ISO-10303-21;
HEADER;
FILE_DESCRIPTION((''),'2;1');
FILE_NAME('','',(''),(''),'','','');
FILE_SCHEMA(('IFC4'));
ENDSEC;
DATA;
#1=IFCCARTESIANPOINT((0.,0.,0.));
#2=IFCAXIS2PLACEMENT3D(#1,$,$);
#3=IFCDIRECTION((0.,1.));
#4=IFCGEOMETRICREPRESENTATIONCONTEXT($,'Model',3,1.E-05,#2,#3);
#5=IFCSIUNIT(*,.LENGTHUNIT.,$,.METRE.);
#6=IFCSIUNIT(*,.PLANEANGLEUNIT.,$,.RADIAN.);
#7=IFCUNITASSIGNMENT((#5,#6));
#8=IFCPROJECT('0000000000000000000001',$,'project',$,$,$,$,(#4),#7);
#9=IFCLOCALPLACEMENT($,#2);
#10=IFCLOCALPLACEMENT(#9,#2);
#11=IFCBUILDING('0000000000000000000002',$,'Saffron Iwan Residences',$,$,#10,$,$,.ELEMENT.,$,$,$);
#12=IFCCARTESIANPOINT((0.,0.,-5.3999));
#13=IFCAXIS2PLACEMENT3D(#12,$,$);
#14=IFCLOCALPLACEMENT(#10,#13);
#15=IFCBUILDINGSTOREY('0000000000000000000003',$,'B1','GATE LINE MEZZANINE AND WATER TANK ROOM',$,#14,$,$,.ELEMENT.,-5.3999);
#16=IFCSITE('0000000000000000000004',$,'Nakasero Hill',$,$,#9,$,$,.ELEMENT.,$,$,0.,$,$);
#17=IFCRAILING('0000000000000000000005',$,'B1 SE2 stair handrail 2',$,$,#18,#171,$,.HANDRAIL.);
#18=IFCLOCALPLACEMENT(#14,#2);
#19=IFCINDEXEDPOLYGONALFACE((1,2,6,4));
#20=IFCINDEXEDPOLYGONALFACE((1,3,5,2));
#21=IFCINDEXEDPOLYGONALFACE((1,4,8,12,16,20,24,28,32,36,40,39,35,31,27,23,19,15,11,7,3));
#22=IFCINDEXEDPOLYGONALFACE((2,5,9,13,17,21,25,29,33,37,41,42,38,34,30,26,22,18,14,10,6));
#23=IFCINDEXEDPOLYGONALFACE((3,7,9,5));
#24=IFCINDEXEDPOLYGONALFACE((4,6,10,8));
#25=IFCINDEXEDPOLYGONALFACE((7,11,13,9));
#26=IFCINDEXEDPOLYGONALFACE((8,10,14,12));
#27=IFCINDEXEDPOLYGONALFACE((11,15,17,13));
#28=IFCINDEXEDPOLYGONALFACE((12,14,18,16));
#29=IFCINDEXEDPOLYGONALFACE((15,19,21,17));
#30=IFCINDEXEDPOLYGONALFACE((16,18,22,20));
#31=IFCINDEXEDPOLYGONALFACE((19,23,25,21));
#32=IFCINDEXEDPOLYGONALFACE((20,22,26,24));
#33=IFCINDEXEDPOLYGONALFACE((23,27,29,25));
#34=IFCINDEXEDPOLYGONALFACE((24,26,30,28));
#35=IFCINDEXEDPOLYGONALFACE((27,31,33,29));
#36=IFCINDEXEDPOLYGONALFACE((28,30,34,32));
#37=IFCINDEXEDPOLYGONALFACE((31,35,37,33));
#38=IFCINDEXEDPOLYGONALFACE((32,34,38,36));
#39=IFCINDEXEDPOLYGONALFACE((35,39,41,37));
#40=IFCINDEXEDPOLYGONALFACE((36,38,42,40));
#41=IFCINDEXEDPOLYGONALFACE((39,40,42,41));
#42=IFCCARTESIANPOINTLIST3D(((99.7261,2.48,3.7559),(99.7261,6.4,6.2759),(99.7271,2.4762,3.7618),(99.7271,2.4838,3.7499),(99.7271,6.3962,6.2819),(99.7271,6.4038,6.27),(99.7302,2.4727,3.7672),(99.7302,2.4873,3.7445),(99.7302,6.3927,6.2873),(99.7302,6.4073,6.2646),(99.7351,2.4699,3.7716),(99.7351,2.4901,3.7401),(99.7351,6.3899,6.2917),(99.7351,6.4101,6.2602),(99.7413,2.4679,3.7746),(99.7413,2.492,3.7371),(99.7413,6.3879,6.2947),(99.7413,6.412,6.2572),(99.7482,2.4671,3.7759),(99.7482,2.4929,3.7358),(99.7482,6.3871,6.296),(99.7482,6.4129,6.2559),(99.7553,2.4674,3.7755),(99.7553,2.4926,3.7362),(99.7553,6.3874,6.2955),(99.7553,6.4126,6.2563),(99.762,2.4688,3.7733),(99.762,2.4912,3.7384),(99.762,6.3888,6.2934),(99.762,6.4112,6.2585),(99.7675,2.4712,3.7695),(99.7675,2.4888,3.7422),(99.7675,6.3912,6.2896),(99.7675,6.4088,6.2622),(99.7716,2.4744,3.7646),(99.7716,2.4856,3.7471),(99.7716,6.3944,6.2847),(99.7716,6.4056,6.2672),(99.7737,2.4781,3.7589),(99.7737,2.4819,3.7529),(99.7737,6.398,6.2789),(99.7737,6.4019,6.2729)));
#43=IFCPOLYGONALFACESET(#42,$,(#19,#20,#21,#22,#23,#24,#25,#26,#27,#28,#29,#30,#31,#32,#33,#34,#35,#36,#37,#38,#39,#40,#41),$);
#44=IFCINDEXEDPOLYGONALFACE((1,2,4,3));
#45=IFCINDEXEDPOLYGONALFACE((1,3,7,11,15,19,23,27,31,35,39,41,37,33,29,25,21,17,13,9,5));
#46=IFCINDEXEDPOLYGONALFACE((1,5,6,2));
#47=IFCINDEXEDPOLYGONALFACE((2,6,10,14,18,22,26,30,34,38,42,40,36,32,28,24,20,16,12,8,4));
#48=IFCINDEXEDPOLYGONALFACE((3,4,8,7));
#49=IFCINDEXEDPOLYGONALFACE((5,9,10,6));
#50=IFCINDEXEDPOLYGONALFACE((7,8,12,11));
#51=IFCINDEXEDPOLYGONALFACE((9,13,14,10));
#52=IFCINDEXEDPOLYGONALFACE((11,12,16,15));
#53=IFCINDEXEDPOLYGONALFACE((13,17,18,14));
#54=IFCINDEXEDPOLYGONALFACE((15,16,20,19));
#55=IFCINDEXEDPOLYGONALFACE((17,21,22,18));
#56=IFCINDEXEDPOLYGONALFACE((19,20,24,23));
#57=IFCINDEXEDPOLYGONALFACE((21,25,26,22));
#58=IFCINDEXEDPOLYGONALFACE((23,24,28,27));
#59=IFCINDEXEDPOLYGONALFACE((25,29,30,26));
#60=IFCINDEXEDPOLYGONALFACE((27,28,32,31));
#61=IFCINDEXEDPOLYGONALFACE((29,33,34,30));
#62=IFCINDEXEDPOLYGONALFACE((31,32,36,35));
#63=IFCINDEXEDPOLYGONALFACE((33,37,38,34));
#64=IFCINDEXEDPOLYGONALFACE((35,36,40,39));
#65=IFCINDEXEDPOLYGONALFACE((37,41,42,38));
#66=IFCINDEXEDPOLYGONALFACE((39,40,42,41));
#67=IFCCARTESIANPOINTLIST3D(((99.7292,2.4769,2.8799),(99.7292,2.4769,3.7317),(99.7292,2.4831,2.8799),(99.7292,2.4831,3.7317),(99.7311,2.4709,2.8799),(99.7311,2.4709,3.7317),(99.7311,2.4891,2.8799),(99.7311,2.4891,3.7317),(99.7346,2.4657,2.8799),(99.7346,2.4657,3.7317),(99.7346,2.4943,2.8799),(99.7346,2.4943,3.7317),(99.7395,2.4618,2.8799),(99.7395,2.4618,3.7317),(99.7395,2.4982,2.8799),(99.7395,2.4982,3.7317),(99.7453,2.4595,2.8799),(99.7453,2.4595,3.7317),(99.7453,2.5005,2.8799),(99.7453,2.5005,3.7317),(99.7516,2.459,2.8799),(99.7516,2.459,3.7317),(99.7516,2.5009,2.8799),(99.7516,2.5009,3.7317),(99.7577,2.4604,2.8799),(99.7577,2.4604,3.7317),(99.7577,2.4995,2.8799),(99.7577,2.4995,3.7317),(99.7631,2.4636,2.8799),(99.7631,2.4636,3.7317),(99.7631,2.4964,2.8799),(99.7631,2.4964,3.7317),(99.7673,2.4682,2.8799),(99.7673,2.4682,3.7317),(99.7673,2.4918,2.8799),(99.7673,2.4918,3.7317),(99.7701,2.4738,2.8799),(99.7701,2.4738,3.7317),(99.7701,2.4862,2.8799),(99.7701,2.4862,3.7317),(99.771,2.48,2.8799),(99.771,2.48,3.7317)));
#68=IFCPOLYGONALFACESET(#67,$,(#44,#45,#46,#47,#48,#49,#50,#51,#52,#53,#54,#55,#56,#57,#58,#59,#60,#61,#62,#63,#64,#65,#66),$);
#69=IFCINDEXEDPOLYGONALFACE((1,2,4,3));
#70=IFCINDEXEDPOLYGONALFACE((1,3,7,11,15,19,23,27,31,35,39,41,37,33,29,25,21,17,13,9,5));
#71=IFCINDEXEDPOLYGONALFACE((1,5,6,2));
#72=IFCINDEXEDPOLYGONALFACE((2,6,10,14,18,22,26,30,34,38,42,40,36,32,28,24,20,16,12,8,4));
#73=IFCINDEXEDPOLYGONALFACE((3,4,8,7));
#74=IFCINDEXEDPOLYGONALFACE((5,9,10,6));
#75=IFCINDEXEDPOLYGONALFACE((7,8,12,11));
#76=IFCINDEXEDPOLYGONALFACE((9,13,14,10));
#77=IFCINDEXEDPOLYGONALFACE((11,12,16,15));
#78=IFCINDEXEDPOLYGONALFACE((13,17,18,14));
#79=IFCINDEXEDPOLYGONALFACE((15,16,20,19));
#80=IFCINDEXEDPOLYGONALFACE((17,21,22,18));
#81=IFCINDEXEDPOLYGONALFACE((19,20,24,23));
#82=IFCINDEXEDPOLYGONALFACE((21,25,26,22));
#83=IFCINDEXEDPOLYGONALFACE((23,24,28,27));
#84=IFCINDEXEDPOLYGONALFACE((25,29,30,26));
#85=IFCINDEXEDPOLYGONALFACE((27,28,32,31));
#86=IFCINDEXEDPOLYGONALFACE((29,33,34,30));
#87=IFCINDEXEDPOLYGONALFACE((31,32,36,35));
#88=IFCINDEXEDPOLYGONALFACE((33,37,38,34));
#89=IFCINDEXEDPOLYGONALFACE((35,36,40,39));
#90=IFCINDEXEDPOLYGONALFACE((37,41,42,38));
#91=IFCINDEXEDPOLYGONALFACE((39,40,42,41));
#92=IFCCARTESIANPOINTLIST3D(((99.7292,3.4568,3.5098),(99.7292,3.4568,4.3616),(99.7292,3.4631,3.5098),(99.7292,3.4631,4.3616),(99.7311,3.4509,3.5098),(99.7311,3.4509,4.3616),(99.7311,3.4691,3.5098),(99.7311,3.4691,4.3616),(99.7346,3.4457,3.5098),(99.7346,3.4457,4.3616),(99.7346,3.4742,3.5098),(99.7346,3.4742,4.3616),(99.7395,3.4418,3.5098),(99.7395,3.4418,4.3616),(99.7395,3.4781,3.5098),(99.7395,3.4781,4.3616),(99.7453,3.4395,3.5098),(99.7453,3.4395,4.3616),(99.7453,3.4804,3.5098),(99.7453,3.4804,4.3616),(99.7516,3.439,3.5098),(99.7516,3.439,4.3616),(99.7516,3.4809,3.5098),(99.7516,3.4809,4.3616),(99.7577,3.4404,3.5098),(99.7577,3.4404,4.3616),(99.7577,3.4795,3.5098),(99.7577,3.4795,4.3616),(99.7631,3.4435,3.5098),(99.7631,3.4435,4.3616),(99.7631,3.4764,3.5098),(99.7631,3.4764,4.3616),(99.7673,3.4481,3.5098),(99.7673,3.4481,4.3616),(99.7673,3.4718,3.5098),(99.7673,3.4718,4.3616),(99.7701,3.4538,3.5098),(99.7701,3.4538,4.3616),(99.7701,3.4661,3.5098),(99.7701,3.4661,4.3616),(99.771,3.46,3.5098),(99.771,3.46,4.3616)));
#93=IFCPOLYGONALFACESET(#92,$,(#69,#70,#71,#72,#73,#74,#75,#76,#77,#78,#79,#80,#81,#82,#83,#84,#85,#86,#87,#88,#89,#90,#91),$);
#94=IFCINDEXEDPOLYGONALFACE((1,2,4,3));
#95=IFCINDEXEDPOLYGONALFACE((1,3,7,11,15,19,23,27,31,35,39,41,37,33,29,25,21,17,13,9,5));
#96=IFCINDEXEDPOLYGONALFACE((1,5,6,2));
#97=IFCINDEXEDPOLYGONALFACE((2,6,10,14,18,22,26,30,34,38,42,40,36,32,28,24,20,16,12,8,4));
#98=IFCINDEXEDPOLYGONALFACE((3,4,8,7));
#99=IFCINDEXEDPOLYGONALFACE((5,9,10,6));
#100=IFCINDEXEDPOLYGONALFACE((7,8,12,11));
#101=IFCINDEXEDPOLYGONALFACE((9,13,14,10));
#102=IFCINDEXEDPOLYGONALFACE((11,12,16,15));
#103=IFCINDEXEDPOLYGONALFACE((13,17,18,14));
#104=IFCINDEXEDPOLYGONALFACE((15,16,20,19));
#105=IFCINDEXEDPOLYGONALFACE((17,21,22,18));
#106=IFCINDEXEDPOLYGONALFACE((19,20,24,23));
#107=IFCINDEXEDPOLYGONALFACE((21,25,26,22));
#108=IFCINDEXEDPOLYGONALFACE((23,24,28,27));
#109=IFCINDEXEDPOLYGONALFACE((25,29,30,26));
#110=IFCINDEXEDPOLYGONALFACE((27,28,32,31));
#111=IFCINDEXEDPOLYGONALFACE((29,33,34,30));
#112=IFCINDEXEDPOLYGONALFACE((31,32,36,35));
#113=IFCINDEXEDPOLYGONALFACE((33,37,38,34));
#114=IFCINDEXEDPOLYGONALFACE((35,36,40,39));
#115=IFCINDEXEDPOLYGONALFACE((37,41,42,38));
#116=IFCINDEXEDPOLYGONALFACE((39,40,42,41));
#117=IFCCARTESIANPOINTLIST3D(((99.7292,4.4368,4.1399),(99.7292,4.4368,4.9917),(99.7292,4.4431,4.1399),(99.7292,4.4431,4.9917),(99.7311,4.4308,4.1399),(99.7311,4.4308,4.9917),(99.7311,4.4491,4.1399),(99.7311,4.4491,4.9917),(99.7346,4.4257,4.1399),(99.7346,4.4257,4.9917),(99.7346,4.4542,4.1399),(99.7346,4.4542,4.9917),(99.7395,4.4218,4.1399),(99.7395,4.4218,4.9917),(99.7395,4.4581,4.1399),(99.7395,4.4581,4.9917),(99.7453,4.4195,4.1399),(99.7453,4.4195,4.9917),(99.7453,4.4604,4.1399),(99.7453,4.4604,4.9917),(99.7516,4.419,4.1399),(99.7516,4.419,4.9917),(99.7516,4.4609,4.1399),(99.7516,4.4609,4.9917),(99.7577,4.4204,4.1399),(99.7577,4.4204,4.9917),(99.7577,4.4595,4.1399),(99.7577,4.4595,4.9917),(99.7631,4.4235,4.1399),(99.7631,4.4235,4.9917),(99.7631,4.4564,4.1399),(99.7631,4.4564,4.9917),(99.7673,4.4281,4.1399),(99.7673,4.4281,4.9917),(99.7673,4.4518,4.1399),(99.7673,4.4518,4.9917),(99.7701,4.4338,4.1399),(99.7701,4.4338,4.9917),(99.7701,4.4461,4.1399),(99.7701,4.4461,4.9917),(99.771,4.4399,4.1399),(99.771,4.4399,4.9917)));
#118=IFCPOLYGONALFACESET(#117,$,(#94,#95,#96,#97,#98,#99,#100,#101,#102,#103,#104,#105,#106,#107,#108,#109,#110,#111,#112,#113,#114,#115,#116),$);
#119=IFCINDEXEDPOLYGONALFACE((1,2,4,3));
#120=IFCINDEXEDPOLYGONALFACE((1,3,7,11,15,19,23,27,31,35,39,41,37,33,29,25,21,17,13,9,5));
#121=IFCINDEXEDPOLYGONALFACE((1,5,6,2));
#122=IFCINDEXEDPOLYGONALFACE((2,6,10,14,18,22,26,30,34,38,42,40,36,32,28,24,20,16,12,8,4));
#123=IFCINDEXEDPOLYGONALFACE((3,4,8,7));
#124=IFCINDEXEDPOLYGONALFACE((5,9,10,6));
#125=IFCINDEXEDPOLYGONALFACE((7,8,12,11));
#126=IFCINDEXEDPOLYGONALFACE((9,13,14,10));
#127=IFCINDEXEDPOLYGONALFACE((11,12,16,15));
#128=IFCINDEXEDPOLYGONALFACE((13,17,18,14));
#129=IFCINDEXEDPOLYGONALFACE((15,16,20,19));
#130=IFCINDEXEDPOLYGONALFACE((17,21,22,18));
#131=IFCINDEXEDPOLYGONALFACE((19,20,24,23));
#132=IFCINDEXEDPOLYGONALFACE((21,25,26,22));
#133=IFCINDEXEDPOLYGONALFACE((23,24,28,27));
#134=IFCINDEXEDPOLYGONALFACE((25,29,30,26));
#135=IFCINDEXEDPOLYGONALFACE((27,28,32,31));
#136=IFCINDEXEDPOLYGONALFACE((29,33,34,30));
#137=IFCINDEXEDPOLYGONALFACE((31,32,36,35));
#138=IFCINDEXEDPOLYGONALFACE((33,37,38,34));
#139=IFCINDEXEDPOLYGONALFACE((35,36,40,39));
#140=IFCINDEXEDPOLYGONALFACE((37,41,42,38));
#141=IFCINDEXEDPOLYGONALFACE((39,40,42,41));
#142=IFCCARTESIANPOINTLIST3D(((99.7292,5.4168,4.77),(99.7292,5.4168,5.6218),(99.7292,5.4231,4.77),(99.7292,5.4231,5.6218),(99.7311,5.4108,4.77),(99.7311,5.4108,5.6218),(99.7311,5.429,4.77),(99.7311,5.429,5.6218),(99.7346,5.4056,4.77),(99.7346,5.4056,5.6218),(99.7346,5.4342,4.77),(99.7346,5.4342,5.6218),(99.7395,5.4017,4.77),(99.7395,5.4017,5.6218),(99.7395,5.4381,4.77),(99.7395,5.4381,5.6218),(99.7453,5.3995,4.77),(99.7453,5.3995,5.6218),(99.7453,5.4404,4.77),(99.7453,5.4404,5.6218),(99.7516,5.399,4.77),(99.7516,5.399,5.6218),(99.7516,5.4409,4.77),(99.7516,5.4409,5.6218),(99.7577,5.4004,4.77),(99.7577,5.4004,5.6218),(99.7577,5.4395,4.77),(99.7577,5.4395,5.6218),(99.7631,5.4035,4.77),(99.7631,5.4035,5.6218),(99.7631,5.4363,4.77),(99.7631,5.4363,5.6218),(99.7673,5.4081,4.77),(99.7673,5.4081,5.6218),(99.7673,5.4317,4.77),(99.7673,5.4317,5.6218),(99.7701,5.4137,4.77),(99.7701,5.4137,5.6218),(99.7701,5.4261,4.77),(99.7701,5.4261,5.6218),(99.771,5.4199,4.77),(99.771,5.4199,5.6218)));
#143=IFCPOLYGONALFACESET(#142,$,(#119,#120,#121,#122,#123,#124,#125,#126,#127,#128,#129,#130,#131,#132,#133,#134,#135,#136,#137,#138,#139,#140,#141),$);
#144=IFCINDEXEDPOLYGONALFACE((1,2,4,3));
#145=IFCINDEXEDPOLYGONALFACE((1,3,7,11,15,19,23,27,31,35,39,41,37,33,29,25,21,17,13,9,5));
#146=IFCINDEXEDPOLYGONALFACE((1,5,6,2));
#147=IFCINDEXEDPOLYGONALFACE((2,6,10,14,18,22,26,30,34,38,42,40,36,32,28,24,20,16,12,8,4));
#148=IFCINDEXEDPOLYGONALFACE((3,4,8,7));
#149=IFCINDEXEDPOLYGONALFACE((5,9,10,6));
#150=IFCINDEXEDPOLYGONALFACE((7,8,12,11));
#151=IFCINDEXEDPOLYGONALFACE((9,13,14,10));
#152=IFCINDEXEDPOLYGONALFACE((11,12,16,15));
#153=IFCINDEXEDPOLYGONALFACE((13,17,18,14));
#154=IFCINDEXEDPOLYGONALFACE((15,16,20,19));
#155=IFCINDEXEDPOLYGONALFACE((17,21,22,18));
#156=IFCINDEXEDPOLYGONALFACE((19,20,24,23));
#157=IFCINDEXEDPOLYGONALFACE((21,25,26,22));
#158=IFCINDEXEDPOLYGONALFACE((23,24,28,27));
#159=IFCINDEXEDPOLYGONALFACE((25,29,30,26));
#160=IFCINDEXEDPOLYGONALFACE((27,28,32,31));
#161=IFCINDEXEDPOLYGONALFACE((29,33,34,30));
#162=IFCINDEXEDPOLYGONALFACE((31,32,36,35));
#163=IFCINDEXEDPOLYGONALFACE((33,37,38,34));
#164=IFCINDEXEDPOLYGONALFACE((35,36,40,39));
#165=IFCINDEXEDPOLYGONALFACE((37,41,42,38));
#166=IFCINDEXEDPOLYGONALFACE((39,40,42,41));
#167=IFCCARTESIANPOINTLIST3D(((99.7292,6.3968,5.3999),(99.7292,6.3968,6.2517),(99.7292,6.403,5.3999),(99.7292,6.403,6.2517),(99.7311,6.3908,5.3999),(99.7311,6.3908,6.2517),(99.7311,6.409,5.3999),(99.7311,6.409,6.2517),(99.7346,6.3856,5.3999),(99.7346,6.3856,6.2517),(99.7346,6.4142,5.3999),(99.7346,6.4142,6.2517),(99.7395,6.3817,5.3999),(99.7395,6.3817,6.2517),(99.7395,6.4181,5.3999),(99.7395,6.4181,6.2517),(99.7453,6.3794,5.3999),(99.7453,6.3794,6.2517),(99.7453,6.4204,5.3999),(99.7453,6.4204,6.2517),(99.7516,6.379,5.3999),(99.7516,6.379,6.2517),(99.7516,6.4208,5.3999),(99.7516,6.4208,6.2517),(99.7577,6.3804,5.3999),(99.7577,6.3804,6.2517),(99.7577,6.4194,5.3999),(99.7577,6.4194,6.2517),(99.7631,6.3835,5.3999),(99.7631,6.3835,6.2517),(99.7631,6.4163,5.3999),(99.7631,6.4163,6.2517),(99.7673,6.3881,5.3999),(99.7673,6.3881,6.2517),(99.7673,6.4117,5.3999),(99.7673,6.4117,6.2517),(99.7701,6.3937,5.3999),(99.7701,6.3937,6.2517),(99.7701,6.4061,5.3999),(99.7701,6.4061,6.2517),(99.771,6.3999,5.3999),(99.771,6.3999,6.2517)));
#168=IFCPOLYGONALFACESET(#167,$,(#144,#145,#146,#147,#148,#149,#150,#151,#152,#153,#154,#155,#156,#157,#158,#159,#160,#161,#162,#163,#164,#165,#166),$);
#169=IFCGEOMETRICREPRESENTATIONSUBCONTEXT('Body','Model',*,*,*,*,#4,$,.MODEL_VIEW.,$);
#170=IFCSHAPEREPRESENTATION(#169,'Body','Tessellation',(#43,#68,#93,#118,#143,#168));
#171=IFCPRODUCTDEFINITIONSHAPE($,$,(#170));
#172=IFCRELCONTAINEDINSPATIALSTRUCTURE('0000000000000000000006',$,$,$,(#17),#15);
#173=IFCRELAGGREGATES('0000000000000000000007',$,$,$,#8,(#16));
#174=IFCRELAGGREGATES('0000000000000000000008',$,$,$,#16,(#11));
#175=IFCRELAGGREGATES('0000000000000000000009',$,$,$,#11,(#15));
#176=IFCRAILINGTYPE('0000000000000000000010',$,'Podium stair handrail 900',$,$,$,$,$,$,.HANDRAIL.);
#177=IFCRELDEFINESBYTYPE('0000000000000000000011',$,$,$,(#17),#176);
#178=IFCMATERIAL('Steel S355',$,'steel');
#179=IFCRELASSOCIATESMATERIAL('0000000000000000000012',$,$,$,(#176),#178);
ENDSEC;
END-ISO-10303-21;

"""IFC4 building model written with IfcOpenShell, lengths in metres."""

from ifc_helpers import new_model, si_unit, direction, frame, origin, origin_2d, place, context, subcontext, project, spatial, circle, extrude, material, type_object, element, save


model = new_model("IFC4")

# Units and contexts
model_context = context("Model", 3, precision=1e-05, world=origin(), true_north=direction((0.0, 1.0)))
body_context = subcontext(model_context, "Body", "Model", "MODEL_VIEW")
ifc_project = project(units=[si_unit("LENGTHUNIT", "METRE"), si_unit("PLANEANGLEUNIT", "RADIAN")], contexts=[model_context])

# Site, building, storey
site_placement = place(None, origin())
site = spatial("IfcSite", under=ifc_project, at=site_placement, Name="Nakasero Hill", CompositionType="ELEMENT", RefElevation=0.0)
building_placement = place(site_placement, origin())
building = spatial("IfcBuilding", under=site, at=building_placement, Name="Saffron Iwan Residences", CompositionType="ELEMENT")
storey_placement = place(building_placement, frame((0.0, 0.0, -5.3999)))
storey = spatial("IfcBuildingStorey", under=building, at=storey_placement, Name="B1", Description="GATE LINE MEZZANINE AND WATER TANK ROOM", CompositionType="ELEMENT", Elevation=-5.3999)

# Railing
ifc_material_1 = material(Name="Steel S355", Category="steel")
railing_type_1 = type_object("IfcRailingType", Name="Podium stair handrail 900", PredefinedType="HANDRAIL", material=ifc_material_1)
railing_1_placement = place(storey_placement, frame((99.75, 2.48, 2.8799)))
element("IfcRailing", 1, at=railing_1_placement, inside=storey, type_object=railing_type_1, Name="B1 SE2 stair handrail 2", PredefinedType="HANDRAIL", context=body_context, shape_type="SweptSolid", body=[
    extrude(circle(Radius=0.0239, at=origin_2d()), frame((0.0, 0.0, 0.876), z_axis=(0.0, 0.841172, 0.540768), x_axis=(-1.0, 0.0, 0.0)), (0.0, 0.0, 1.0), 4.6602),
    extrude(circle(Radius=0.021, at=origin_2d()), origin(), (0.0, 0.0, 1.0), 0.8518),
    extrude(circle(Radius=0.021, at=origin_2d()), frame((0.0, 0.98, 0.6299)), (0.0, 0.0, 1.0), 0.8518),
    extrude(circle(Radius=0.021, at=origin_2d()), frame((0.0, 1.96, 1.26)), (0.0, 0.0, 1.0), 0.8518),
    extrude(circle(Radius=0.021, at=origin_2d()), frame((0.0, 2.9399, 1.8901)), (0.0, 0.0, 1.0), 0.8518),
    extrude(circle(Radius=0.021, at=origin_2d()), frame((0.0, 3.9199, 2.52)), (0.0, 0.0, 1.0), 0.8518),
])

save(model, "model.ifc")
